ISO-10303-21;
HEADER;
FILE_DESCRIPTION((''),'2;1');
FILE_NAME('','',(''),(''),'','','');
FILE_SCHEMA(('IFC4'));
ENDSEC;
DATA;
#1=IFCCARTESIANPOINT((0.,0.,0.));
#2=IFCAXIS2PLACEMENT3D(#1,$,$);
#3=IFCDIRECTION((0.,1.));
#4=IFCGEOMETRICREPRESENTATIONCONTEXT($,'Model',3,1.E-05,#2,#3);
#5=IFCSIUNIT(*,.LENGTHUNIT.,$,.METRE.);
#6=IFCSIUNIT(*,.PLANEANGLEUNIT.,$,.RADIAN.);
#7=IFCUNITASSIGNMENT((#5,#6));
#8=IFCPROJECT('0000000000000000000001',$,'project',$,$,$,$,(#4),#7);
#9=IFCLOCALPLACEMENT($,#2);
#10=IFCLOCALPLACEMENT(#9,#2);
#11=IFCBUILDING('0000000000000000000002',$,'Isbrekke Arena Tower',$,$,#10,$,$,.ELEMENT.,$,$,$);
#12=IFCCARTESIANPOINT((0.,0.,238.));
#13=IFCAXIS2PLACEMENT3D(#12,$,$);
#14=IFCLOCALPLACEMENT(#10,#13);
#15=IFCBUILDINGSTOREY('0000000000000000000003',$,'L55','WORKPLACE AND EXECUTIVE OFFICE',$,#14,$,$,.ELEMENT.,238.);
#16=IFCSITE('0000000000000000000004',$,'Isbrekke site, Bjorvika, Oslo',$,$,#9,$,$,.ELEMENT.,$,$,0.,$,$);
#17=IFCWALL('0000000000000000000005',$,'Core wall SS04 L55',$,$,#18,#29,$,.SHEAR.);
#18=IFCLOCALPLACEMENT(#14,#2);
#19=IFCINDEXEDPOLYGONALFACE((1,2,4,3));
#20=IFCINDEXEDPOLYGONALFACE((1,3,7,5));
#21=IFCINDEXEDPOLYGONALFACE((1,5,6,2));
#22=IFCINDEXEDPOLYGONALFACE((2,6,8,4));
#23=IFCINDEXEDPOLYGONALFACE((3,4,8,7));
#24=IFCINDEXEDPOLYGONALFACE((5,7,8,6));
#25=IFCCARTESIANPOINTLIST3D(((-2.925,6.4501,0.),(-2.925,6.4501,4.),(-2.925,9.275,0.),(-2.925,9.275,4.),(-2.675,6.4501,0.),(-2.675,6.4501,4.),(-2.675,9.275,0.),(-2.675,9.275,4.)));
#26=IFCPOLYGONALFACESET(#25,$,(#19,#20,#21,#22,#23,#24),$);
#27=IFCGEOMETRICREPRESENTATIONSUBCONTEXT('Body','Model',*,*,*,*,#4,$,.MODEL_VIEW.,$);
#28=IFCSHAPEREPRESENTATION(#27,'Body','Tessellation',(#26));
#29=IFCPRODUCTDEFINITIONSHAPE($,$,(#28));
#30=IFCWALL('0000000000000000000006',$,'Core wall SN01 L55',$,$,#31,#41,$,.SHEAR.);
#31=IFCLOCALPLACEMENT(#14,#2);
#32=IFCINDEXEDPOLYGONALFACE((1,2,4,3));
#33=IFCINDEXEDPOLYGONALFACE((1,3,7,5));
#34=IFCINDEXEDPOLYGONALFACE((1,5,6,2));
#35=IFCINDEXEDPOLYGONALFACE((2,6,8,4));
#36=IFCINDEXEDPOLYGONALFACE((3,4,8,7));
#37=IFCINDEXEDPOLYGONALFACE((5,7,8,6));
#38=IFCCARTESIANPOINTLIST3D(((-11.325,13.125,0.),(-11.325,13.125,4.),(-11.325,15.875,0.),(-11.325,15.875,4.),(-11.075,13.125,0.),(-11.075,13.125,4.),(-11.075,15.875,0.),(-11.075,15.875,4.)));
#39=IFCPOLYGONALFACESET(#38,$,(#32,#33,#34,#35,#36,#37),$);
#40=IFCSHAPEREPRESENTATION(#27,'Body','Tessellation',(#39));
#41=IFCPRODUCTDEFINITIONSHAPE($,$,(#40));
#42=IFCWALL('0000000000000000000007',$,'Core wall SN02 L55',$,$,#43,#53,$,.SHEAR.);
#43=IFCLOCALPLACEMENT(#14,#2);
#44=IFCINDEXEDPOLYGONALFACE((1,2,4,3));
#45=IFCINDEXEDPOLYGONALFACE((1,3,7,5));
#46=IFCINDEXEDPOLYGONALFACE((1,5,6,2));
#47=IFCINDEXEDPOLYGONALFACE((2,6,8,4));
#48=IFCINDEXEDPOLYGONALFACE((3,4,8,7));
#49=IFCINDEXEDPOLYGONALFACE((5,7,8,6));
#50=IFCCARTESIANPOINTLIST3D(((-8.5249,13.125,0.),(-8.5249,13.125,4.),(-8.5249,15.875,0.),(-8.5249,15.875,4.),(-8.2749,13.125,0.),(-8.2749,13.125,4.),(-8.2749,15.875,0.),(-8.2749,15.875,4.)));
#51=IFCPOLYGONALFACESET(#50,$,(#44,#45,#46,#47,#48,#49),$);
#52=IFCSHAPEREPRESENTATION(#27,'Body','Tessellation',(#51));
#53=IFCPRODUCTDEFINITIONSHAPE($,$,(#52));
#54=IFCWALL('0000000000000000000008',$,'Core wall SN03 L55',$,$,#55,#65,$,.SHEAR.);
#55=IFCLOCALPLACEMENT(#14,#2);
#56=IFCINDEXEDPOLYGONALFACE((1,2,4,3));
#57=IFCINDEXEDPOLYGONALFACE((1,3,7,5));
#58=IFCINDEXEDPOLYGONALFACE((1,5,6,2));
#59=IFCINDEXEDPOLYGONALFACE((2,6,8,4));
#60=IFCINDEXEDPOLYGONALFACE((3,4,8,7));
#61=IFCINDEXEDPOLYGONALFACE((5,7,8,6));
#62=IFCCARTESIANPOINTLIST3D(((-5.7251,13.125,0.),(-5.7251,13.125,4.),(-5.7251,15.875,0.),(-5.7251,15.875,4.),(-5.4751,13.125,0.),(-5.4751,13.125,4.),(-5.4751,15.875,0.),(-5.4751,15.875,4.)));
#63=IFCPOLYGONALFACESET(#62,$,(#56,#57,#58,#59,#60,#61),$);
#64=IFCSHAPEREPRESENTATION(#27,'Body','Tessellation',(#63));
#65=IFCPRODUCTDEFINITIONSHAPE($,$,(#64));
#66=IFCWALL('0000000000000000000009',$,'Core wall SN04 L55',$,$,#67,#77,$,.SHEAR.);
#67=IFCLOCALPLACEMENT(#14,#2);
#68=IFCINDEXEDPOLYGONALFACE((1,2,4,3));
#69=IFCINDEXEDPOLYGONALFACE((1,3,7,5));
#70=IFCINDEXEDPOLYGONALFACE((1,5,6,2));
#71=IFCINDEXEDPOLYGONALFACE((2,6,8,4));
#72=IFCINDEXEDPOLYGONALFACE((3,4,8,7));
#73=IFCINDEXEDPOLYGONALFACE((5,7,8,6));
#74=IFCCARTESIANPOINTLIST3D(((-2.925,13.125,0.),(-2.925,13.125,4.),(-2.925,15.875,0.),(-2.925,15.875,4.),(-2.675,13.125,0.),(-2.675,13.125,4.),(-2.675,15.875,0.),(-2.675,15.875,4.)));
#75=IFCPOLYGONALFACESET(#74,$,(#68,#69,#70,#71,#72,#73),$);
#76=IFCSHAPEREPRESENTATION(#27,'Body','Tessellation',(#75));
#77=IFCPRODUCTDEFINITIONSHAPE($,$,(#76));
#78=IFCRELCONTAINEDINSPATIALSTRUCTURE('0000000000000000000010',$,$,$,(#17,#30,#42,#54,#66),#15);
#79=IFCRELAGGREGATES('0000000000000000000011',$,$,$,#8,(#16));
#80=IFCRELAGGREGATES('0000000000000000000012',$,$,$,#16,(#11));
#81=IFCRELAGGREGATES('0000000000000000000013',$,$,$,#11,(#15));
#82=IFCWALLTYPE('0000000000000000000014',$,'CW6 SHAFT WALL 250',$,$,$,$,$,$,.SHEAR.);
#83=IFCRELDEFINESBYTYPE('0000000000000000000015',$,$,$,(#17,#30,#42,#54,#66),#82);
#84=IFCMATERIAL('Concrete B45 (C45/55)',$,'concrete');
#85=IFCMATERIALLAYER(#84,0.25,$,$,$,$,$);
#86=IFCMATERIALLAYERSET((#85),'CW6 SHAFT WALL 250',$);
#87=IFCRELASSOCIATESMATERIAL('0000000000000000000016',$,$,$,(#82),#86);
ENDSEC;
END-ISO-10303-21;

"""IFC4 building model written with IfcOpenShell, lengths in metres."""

from ifc_helpers import new_model, si_unit, direction, frame, frame_2d, origin, place, context, subcontext, project, spatial, rectangle, extrude, material, layer, layer_set, type_object, element, save


model = new_model("IFC4")

# Units and contexts
model_context = context("Model", 3, precision=1e-05, world=origin(), true_north=direction((0.0, 1.0)))
body_context = subcontext(model_context, "Body", "Model", "MODEL_VIEW")
ifc_project = project(units=[si_unit("LENGTHUNIT", "METRE"), si_unit("PLANEANGLEUNIT", "RADIAN")], contexts=[model_context])

# Site, building, storey
site_placement = place(None, origin())
site = spatial("IfcSite", under=ifc_project, at=site_placement, Name="Isbrekke site, Bjorvika, Oslo", CompositionType="ELEMENT", RefElevation=0.0)
building_placement = place(site_placement, origin())
building = spatial("IfcBuilding", under=site, at=building_placement, Name="Isbrekke Arena Tower", CompositionType="ELEMENT")
storey_placement = place(building_placement, frame((0.0, 0.0, 238.0)))
storey = spatial("IfcBuildingStorey", under=building, at=storey_placement, Name="L55", Description="WORKPLACE AND EXECUTIVE OFFICE", CompositionType="ELEMENT", Elevation=238.0)

# Shared definitions
ifc_material_1 = material(Name="Concrete B45 (C45/55)", Category="concrete")
ifc_layer_1 = layer(ifc_material_1, 0.25)
ifc_layer_set_1 = layer_set([ifc_layer_1], Name="CW6 SHAFT WALL 250")
wall_type_1 = type_object("IfcWallType", Name="CW6 SHAFT WALL 250", PredefinedType="SHEAR", material=ifc_layer_set_1)

# Walls
for number, where, z_axis, x_axis, name in (
    (1, (-2.8, 6.45, 0.0), (0.0, 0.0, 1.0), (0.0, 1.0, 0.0), "Core wall SS04 L55"),
):
    element("IfcWall", number, at=place(storey_placement, frame(where, z_axis=z_axis, x_axis=x_axis)), inside=storey, type_object=wall_type_1, Name=name, PredefinedType="SHEAR", context=body_context, shape_type="SweptSolid", body=[
        extrude(rectangle(XDim=2.825, YDim=0.25, at=frame_2d((1.4126, 0.0))), origin(), (0.0, 0.0, 1.0), 4.0),
    ])
for number, where, z_axis, x_axis, name in (
    (2, (-11.2, 13.125, 0.0), (0.0, 0.0, 1.0), (0.0, 1.0, 0.0), "Core wall SN01 L55"),
    (3, (-8.3999, 13.125, 0.0), (0.0, 0.0, 1.0), (0.0, 1.0, 0.0), "Core wall SN02 L55"),
    (4, (-5.6001, 13.125, 0.0), (0.0, 0.0, 1.0), (0.0, 1.0, 0.0), "Core wall SN03 L55"),
    (5, (-2.8, 13.125, 0.0), (0.0, 0.0, 1.0), (0.0, 1.0, 0.0), "Core wall SN04 L55"),
):
    element("IfcWall", number, at=place(storey_placement, frame(where, z_axis=z_axis, x_axis=x_axis)), inside=storey, type_object=wall_type_1, Name=name, PredefinedType="SHEAR", context=body_context, shape_type="SweptSolid", body=[
        extrude(rectangle(XDim=2.75, YDim=0.25, at=frame_2d((1.375, 0.0))), origin(), (0.0, 0.0, 1.0), 4.0),
    ])

save(model, "model.ifc")
